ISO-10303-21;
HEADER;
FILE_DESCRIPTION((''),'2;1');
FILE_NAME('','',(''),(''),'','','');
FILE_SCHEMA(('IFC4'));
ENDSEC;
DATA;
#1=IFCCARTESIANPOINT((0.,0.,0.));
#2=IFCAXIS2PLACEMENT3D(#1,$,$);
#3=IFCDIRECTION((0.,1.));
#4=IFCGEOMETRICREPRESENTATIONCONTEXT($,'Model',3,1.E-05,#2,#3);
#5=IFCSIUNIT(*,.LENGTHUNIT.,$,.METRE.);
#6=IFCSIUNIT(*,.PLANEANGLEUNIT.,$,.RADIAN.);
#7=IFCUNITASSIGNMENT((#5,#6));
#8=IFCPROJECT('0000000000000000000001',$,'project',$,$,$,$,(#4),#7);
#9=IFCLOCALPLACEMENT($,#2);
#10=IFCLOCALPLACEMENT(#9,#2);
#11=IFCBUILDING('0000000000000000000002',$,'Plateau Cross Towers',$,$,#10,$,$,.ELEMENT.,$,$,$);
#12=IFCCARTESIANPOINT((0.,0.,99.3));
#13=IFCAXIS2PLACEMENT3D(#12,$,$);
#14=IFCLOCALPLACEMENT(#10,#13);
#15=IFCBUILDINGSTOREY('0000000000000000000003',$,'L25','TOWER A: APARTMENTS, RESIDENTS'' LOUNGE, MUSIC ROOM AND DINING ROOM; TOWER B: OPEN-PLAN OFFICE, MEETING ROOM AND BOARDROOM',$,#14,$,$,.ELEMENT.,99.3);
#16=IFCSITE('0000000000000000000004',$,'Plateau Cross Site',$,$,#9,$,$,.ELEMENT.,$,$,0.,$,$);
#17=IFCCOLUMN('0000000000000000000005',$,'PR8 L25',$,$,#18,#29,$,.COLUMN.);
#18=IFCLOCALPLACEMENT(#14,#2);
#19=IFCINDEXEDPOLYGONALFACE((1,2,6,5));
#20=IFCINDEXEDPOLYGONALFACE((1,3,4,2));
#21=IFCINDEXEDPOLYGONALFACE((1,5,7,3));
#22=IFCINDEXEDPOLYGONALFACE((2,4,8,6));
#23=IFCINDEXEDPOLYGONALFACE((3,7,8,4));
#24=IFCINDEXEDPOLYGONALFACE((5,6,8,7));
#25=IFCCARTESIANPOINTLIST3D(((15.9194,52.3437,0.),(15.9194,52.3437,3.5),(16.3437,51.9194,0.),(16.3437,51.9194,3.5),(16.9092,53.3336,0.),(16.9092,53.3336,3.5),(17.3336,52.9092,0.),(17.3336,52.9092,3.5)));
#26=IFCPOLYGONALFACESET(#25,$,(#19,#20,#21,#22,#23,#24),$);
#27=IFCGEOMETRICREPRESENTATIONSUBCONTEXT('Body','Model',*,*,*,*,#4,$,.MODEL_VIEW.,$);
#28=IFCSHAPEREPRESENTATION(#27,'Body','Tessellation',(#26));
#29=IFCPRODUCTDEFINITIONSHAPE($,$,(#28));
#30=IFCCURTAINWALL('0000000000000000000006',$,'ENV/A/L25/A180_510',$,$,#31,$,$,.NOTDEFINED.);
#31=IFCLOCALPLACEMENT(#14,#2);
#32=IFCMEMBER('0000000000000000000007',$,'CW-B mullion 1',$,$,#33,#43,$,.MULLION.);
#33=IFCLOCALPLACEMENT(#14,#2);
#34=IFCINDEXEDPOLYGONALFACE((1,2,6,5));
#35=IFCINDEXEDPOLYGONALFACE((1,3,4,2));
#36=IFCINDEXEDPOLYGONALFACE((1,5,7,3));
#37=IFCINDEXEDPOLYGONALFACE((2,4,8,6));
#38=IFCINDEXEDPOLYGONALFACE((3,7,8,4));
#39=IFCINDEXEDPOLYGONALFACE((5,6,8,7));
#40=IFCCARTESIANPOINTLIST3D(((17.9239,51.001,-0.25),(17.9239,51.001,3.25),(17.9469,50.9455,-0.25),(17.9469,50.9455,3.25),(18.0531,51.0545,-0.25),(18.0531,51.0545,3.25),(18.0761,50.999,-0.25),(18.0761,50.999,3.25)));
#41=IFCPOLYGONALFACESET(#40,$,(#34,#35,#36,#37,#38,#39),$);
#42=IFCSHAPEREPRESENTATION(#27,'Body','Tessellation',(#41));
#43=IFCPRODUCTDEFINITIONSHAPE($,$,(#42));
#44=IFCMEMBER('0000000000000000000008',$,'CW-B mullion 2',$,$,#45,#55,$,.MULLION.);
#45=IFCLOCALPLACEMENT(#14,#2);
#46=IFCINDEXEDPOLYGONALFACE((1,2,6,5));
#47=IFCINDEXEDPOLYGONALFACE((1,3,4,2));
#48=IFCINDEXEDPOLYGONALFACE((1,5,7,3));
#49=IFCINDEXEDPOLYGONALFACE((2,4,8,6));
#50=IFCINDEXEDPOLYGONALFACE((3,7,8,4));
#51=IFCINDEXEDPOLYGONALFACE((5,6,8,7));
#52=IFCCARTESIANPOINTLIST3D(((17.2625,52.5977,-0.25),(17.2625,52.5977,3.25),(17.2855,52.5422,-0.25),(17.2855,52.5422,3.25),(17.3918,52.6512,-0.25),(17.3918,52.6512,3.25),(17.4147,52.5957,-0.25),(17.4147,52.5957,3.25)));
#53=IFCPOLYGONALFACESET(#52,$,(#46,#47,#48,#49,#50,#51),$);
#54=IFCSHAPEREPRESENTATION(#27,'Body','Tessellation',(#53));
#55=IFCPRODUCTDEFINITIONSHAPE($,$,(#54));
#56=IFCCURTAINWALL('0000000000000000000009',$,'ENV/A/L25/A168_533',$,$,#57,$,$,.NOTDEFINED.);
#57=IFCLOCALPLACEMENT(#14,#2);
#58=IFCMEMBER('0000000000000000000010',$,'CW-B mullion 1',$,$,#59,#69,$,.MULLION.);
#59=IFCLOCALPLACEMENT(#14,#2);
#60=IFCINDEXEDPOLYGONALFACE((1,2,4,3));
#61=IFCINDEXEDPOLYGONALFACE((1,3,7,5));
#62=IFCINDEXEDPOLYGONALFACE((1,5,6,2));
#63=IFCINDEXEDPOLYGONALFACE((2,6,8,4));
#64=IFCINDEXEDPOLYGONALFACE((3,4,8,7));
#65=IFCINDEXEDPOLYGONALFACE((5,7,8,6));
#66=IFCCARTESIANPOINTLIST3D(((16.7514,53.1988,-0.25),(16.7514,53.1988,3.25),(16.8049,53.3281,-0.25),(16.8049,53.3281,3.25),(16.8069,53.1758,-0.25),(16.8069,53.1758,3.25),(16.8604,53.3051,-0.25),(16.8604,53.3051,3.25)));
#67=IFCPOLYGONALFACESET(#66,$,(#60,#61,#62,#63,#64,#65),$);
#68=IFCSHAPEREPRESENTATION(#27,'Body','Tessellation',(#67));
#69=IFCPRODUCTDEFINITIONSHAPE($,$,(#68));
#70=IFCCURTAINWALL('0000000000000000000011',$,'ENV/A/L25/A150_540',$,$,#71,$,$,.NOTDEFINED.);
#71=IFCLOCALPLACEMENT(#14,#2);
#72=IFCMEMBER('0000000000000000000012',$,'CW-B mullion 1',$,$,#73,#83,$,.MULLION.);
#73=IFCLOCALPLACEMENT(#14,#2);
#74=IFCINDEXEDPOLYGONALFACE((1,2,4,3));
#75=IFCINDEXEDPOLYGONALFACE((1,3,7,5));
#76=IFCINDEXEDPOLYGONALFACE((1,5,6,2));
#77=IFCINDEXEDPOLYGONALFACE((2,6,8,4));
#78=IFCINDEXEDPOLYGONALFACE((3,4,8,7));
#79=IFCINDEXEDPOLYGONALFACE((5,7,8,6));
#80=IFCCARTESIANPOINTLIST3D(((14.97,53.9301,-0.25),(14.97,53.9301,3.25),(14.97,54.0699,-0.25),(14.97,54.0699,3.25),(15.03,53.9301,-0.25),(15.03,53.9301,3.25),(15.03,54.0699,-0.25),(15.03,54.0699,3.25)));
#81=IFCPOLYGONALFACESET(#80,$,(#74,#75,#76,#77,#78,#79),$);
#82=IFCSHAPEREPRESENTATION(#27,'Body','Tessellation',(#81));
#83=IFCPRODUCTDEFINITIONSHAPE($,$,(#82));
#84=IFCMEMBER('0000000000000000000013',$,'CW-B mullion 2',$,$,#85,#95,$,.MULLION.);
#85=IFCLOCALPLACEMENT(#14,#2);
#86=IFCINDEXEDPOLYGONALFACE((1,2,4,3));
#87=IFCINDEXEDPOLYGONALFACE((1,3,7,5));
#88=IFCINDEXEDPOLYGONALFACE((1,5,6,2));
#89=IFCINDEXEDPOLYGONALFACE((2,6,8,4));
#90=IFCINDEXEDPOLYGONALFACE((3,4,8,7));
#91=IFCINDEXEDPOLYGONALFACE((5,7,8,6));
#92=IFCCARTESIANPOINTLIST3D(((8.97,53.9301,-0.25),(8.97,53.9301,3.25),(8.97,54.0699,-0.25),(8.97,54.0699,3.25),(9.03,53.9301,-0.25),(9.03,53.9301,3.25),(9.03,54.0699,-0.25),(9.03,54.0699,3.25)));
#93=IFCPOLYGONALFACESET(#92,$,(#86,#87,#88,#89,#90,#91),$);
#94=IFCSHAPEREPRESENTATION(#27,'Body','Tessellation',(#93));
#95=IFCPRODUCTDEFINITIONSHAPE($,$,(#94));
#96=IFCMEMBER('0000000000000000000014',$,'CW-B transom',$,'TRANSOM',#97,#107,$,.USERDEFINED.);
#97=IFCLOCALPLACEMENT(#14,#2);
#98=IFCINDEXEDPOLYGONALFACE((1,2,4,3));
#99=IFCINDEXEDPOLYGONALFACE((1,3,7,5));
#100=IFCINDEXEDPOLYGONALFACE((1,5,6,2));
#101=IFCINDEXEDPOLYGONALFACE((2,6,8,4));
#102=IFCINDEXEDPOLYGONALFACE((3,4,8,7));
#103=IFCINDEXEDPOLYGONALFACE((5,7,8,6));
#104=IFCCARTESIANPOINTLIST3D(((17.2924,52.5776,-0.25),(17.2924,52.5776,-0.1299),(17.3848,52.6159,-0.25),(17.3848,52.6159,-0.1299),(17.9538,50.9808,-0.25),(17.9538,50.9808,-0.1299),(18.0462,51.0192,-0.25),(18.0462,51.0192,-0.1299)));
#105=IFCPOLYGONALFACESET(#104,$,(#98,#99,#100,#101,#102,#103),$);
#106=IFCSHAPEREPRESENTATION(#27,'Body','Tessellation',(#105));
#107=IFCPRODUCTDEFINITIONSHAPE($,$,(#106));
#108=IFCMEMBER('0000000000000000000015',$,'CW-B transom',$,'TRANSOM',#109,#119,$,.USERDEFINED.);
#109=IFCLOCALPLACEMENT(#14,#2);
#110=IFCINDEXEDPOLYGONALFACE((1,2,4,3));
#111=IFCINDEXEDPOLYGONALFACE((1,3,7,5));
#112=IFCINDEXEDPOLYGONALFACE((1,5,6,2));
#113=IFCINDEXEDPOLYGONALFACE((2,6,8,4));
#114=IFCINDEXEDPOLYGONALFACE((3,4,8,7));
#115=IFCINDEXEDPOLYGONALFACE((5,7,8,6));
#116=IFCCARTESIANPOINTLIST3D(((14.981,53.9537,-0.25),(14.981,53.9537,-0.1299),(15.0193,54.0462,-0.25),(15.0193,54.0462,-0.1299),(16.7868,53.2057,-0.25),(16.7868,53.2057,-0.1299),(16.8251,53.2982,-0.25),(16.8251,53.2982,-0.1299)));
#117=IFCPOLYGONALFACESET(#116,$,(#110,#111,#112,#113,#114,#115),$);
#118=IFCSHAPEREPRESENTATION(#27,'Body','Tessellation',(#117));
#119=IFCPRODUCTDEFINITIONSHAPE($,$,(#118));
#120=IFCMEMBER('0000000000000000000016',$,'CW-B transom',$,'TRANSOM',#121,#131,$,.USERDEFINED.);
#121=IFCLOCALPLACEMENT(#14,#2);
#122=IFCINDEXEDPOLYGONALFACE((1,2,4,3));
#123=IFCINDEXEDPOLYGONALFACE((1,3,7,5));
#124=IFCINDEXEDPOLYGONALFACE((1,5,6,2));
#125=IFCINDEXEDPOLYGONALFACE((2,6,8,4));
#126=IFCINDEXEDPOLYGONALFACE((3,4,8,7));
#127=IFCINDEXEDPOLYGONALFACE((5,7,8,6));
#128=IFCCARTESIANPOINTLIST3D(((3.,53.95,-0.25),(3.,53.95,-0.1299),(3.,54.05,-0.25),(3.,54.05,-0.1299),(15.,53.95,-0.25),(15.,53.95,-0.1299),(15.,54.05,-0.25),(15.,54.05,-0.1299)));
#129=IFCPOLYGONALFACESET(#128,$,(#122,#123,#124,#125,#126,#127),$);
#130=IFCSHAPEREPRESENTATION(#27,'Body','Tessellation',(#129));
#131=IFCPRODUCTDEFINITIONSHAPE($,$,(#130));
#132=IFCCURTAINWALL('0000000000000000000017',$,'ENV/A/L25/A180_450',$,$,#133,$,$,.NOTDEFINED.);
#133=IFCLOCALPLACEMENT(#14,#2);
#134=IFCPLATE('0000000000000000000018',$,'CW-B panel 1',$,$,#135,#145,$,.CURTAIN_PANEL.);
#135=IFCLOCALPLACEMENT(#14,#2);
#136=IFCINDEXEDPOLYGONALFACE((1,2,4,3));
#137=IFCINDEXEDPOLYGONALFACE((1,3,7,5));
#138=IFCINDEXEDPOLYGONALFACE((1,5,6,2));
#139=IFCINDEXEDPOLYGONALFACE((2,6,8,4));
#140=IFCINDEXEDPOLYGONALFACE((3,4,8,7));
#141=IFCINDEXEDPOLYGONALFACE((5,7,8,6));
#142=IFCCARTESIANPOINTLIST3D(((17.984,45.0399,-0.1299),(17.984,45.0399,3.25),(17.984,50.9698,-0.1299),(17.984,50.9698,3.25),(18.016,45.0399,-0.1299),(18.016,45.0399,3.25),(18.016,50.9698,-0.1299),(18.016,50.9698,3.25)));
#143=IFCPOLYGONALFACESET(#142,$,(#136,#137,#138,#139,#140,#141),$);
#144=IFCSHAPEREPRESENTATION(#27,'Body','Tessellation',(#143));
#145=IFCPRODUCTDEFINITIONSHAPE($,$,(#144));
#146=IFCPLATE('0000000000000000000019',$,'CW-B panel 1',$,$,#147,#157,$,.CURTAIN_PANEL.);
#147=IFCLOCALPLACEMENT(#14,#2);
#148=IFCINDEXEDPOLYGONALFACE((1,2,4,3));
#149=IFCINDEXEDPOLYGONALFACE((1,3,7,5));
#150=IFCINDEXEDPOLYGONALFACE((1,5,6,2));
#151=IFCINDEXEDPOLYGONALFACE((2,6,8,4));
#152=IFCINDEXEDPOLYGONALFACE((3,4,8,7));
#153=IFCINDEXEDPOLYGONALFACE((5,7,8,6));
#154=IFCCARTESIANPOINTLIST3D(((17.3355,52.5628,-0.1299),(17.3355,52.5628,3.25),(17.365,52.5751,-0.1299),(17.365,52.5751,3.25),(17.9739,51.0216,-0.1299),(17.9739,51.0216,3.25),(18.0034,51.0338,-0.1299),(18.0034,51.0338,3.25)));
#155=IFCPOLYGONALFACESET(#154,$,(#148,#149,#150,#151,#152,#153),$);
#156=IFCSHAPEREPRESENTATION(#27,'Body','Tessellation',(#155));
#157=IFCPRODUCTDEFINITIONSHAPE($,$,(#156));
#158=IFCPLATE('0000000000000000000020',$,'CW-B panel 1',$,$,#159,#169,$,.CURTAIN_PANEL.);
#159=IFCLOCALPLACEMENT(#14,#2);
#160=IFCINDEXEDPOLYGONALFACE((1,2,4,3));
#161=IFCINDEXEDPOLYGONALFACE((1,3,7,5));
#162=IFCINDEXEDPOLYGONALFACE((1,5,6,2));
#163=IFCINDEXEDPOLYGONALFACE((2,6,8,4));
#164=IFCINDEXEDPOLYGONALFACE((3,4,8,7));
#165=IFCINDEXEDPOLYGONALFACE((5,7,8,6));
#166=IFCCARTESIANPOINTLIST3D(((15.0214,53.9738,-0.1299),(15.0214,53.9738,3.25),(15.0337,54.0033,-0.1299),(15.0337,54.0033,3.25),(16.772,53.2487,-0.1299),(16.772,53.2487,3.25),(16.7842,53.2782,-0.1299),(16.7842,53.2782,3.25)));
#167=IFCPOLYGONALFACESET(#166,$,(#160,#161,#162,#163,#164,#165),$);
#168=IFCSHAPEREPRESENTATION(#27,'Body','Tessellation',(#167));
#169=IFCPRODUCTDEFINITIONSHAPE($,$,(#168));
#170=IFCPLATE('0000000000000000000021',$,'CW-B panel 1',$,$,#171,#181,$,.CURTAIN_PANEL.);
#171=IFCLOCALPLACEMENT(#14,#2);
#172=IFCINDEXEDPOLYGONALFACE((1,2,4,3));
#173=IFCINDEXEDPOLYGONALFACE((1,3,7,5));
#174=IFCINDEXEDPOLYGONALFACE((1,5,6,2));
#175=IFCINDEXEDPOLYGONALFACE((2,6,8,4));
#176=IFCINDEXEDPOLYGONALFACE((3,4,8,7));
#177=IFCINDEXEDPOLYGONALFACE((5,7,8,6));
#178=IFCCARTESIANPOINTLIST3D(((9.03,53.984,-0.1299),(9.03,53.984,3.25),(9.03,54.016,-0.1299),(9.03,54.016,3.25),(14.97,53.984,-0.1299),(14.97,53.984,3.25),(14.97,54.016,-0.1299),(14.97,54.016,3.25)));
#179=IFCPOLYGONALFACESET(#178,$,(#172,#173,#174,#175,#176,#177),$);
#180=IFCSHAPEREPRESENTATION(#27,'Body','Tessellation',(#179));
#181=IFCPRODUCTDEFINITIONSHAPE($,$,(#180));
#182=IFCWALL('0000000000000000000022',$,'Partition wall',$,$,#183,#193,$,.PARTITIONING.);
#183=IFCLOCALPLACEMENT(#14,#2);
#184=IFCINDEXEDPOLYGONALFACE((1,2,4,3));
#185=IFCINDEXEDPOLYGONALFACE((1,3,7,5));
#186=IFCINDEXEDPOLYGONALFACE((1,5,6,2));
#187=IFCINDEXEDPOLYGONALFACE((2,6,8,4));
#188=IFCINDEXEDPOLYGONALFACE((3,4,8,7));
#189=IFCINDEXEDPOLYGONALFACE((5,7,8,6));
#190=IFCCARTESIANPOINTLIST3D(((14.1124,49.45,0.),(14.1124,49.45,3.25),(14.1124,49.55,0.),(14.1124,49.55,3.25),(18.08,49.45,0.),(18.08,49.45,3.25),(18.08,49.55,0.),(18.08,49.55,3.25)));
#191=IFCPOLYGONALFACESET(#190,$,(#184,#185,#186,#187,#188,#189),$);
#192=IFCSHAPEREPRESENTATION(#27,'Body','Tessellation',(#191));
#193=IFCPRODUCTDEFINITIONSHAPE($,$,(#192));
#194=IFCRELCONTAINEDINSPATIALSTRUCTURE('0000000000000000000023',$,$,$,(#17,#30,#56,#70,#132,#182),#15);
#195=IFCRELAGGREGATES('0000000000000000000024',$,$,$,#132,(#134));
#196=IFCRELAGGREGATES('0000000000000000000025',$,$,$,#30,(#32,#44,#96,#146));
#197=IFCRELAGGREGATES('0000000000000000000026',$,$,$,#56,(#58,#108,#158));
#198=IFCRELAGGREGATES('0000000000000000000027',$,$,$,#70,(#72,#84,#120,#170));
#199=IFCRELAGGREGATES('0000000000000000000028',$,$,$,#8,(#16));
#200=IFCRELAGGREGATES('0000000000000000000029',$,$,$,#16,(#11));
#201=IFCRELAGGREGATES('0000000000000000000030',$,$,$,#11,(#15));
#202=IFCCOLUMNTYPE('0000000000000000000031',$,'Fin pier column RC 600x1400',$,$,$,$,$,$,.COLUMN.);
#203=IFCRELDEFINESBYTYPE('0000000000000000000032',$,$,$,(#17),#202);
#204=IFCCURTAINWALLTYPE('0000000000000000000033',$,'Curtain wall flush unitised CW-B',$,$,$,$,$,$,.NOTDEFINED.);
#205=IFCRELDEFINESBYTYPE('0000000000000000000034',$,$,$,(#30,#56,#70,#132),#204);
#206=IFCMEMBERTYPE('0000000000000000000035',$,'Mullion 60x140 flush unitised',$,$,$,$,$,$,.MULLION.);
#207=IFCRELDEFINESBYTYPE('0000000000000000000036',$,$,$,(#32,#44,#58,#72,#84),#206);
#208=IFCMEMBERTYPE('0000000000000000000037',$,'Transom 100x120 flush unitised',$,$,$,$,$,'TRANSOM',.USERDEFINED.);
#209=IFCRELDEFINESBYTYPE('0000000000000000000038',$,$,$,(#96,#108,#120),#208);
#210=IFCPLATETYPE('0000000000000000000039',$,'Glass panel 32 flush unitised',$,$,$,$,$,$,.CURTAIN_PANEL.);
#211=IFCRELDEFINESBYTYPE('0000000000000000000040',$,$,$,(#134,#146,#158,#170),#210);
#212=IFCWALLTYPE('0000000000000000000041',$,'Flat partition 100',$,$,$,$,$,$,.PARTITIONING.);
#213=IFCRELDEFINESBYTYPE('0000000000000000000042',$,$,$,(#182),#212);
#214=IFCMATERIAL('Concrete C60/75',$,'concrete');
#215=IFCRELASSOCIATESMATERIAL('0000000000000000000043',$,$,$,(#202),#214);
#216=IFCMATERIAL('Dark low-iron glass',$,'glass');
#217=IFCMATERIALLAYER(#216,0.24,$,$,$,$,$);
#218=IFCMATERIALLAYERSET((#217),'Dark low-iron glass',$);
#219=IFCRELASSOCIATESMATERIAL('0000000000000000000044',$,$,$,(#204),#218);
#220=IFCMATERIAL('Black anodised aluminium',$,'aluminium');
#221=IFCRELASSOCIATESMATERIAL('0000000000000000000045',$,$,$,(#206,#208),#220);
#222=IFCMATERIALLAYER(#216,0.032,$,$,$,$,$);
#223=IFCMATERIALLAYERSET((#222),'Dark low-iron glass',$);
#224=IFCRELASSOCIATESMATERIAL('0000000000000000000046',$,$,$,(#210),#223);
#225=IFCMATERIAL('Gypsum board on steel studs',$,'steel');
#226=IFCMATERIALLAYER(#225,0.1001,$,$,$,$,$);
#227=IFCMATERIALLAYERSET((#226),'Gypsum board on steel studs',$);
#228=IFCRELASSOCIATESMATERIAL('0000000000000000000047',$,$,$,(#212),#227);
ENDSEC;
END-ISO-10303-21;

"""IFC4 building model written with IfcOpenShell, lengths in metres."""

from ifc_helpers import new_model, si_unit, direction, frame, frame_2d, origin, origin_2d, place, context, subcontext, project, spatial, rectangle, extrude, material, layer, layer_set, material_profile, profile_set, type_object, element, aggregate, save


model = new_model("IFC4")

# Units and contexts
model_context = context("Model", 3, precision=1e-05, world=origin(), true_north=direction((0.0, 1.0)))
body_context = subcontext(model_context, "Body", "Model", "MODEL_VIEW")
ifc_project = project(units=[si_unit("LENGTHUNIT", "METRE"), si_unit("PLANEANGLEUNIT", "RADIAN")], contexts=[model_context])

# Site, building, storey
site_placement = place(None, origin())
site = spatial("IfcSite", under=ifc_project, at=site_placement, Name="Plateau Cross Site", CompositionType="ELEMENT", RefElevation=0.0)
building_placement = place(site_placement, origin())
building = spatial("IfcBuilding", under=site, at=building_placement, Name="Plateau Cross Towers", CompositionType="ELEMENT")
storey_placement = place(building_placement, frame((0.0, 0.0, 99.3)))
storey = spatial("IfcBuildingStorey", under=building, at=storey_placement, Name="L25", Description="TOWER A: APARTMENTS, RESIDENTS' LOUNGE, MUSIC ROOM AND DINING ROOM; TOWER B: OPEN-PLAN OFFICE, MEETING ROOM AND BOARDROOM", CompositionType="ELEMENT", Elevation=99.3)

# Column
ifc_material_1 = material(Name="Concrete C60/75", Category="concrete")
ifc_material_profile_1 = material_profile(ifc_material_1, rectangle(XDim=0.6001, YDim=1.3999, at=origin_2d()), Name="RC 600x1400")
ifc_profile_set_1 = profile_set([ifc_material_profile_1], Name="Concrete C60/75")
column_type = type_object("IfcColumnType", Name="Fin pier column RC 600x1400", PredefinedType="COLUMN", material=ifc_profile_set_1)
column_placement = place(storey_placement, frame((16.6265, 52.6265, 0.0), z_axis=(0.0, 0.0, 1.0), x_axis=(-0.707107, 0.707107, 0.0)))
element("IfcColumn", 1, at=column_placement, inside=storey, type_object=column_type, Name="PR8 L25", PredefinedType="COLUMN", context=body_context, shape_type="SweptSolid", body=[
    extrude(rectangle(XDim=0.6001, YDim=1.3999, at=origin_2d()), origin(), (0.0, 0.0, 1.0), 3.5),
])

# Curtain wall, members
ifc_material_2 = material(Name="Dark low-iron glass", Category="glass")
ifc_layer_1 = layer(ifc_material_2, 0.24)
ifc_layer_set_1 = layer_set([ifc_layer_1], Name="Dark low-iron glass")
curtain_wall_type = type_object("IfcCurtainWallType", Name="Curtain wall flush unitised CW-B", PredefinedType="NOTDEFINED", material=ifc_layer_set_1)
curtain_wall_1_placement = place(storey_placement, origin())
curtain_wall_1 = element("IfcCurtainWall", 2, at=curtain_wall_1_placement, inside=storey, type_object=curtain_wall_type, Name="ENV/A/L25/A180_510", PredefinedType="NOTDEFINED")
ifc_material_3 = material(Name="Black anodised aluminium", Category="aluminium")
ifc_material_profile_2 = material_profile(ifc_material_3, rectangle(XDim=0.0601, YDim=0.1399, at=origin_2d()), Name="MULLION 60x140")
ifc_profile_set_2 = profile_set([ifc_material_profile_2], Name="Black anodised aluminium")
member_type_1 = type_object("IfcMemberType", Name="Mullion 60x140 flush unitised", PredefinedType="MULLION", material=ifc_profile_set_2)
member_1_placement = place(storey_placement, frame((18.0, 51.0, -0.25), z_axis=(0.0, 0.0, 1.0), x_axis=(-0.382684, 0.923879, 0.0)))
member_1 = element("IfcMember", 3, at=member_1_placement, type_object=member_type_1, Name="CW-B mullion 1", PredefinedType="MULLION", context=body_context, shape_type="SweptSolid", body=[
    extrude(rectangle(XDim=0.0601, YDim=0.1399, at=origin_2d()), origin(), (0.0, 0.0, 1.0), 3.5),
])
member_2_placement = place(storey_placement, frame((17.3386, 52.5967, -0.25), z_axis=(0.0, 0.0, 1.0), x_axis=(-0.382684, 0.923879, 0.0)))
member_2 = element("IfcMember", 4, at=member_2_placement, type_object=member_type_1, Name="CW-B mullion 2", PredefinedType="MULLION", context=body_context, shape_type="SweptSolid", body=[
    extrude(rectangle(XDim=0.0601, YDim=0.1399, at=origin_2d()), origin(), (0.0, 0.0, 1.0), 3.5),
])

# Curtain wall, member
curtain_wall_2_placement = place(storey_placement, origin())
curtain_wall_2 = element("IfcCurtainWall", 5, at=curtain_wall_2_placement, inside=storey, type_object=curtain_wall_type, Name="ENV/A/L25/A168_533", PredefinedType="NOTDEFINED")
member_3_placement = place(storey_placement, frame((16.8059, 53.252, -0.25), z_axis=(0.0, 0.0, 1.0), x_axis=(-0.923879, 0.382684, 0.0)))
member_3 = element("IfcMember", 6, at=member_3_placement, type_object=member_type_1, Name="CW-B mullion 1", PredefinedType="MULLION", context=body_context, shape_type="SweptSolid", body=[
    extrude(rectangle(XDim=0.0601, YDim=0.1399, at=origin_2d()), origin(), (0.0, 0.0, 1.0), 3.5),
])

# Curtain wall, members
curtain_wall_3_placement = place(storey_placement, origin())
curtain_wall_3 = element("IfcCurtainWall", 7, at=curtain_wall_3_placement, inside=storey, type_object=curtain_wall_type, Name="ENV/A/L25/A150_540", PredefinedType="NOTDEFINED")
member_4_placement = place(storey_placement, frame((15.0, 54.0, -0.25), z_axis=(0.0, 0.0, 1.0), x_axis=(-1.0, 0.0, 0.0)))
member_4 = element("IfcMember", 8, at=member_4_placement, type_object=member_type_1, Name="CW-B mullion 1", PredefinedType="MULLION", context=body_context, shape_type="SweptSolid", body=[
    extrude(rectangle(XDim=0.0601, YDim=0.1399, at=origin_2d()), origin(), (0.0, 0.0, 1.0), 3.5),
])
member_5_placement = place(storey_placement, frame((9.0, 54.0, -0.25), z_axis=(0.0, 0.0, 1.0), x_axis=(-1.0, 0.0, 0.0)))
member_5 = element("IfcMember", 9, at=member_5_placement, type_object=member_type_1, Name="CW-B mullion 2", PredefinedType="MULLION", context=body_context, shape_type="SweptSolid", body=[
    extrude(rectangle(XDim=0.0601, YDim=0.1399, at=origin_2d()), origin(), (0.0, 0.0, 1.0), 3.5),
])

# Members
ifc_material_profile_3 = material_profile(ifc_material_3, rectangle(XDim=0.1001, YDim=0.1201, at=origin_2d()), Name="TRANSOM 100x120")
ifc_profile_set_3 = profile_set([ifc_material_profile_3], Name="Black anodised aluminium")
member_type_2 = type_object("IfcMemberType", Name="Transom 100x120 flush unitised", ElementType="TRANSOM", PredefinedType="USERDEFINED", material=ifc_profile_set_3)
member_6_placement = place(storey_placement, frame((18.0, 51.0, -0.1899), z_axis=(-0.382689, 0.923877, 0.0), x_axis=(-0.923877, -0.382689, 0.0)))
member_6 = element("IfcMember", 10, at=member_6_placement, type_object=member_type_2, Name="CW-B transom", ObjectType="TRANSOM", PredefinedType="USERDEFINED", context=body_context, shape_type="SweptSolid", body=[
    extrude(rectangle(XDim=0.1001, YDim=0.1201, at=origin_2d()), origin(), (0.0, 0.0, 1.0), 1.7283),
])
member_7_placement = place(storey_placement, frame((16.8059, 53.252, -0.1899), z_axis=(-0.923877, 0.38269, 0.0), x_axis=(-0.38269, -0.923877, 0.0)))
member_7 = element("IfcMember", 11, at=member_7_placement, type_object=member_type_2, Name="CW-B transom", ObjectType="TRANSOM", PredefinedType="USERDEFINED", context=body_context, shape_type="SweptSolid", body=[
    extrude(rectangle(XDim=0.1001, YDim=0.1201, at=origin_2d()), origin(), (0.0, 0.0, 1.0), 1.9546),
])
member_8_placement = place(storey_placement, frame((15.0, 54.0, -0.1899), z_axis=(-1.0, 0.0, 0.0), x_axis=(0.0, -1.0, 0.0)))
member_8 = element("IfcMember", 12, at=member_8_placement, type_object=member_type_2, Name="CW-B transom", ObjectType="TRANSOM", PredefinedType="USERDEFINED", context=body_context, shape_type="SweptSolid", body=[
    extrude(rectangle(XDim=0.1001, YDim=0.1201, at=origin_2d()), origin(), (0.0, 0.0, 1.0), 12.0),
])

# Curtain wall, plate
curtain_wall_4_placement = place(storey_placement, origin())
curtain_wall_4 = element("IfcCurtainWall", 13, at=curtain_wall_4_placement, inside=storey, type_object=curtain_wall_type, Name="ENV/A/L25/A180_450", PredefinedType="NOTDEFINED")
ifc_layer_2 = layer(ifc_material_2, 0.032)
ifc_layer_set_2 = layer_set([ifc_layer_2], Name="Dark low-iron glass")
plate_type = type_object("IfcPlateType", Name="Glass panel 32 flush unitised", PredefinedType="CURTAIN_PANEL", material=ifc_layer_set_2)
plate_1_placement = place(storey_placement, frame((18.0, 48.0049, -0.1299), z_axis=(0.0, 0.0, 1.0), x_axis=(0.0, 1.0, 0.0)))
plate_1 = element("IfcPlate", 14, at=plate_1_placement, type_object=plate_type, Name="CW-B panel 1", PredefinedType="CURTAIN_PANEL", context=body_context, shape_type="SweptSolid", body=[
    extrude(rectangle(XDim=5.9299, YDim=0.032, at=origin_2d()), origin(), (0.0, 0.0, 1.0), 3.3799),
])
aggregate(curtain_wall_4, [plate_1])

# Plates
plate_2_placement = place(storey_placement, frame((17.6694, 51.7983, -0.1299), z_axis=(0.0, 0.0, 1.0), x_axis=(-0.382684, 0.923879, 0.0)))
plate_2 = element("IfcPlate", 15, at=plate_2_placement, type_object=plate_type, Name="CW-B panel 1", PredefinedType="CURTAIN_PANEL", context=body_context, shape_type="SweptSolid", body=[
    extrude(rectangle(XDim=1.6682, YDim=0.032, at=origin_2d()), origin(), (0.0, 0.0, 1.0), 3.3799),
])
aggregate(curtain_wall_1, [member_1, member_2, member_6, plate_2])
plate_3_placement = place(storey_placement, frame((15.9028, 53.626, -0.1299), z_axis=(0.0, 0.0, 1.0), x_axis=(-0.923879, 0.382684, 0.0)))
plate_3 = element("IfcPlate", 16, at=plate_3_placement, type_object=plate_type, Name="CW-B panel 1", PredefinedType="CURTAIN_PANEL", context=body_context, shape_type="SweptSolid", body=[
    extrude(rectangle(XDim=1.8948, YDim=0.032, at=origin_2d()), origin(), (0.0, 0.0, 1.0), 3.3799),
])
aggregate(curtain_wall_2, [member_3, member_7, plate_3])
plate_4_placement = place(storey_placement, frame((12.0, 54.0, -0.1299), z_axis=(0.0, 0.0, 1.0), x_axis=(-1.0, 0.0, 0.0)))
plate_4 = element("IfcPlate", 17, at=plate_4_placement, type_object=plate_type, Name="CW-B panel 1", PredefinedType="CURTAIN_PANEL", context=body_context, shape_type="SweptSolid", body=[
    extrude(rectangle(XDim=5.9399, YDim=0.032, at=origin_2d()), origin(), (0.0, 0.0, 1.0), 3.3799),
])
aggregate(curtain_wall_3, [member_4, member_5, member_8, plate_4])

# Wall
ifc_material_4 = material(Name="Gypsum board on steel studs", Category="steel")
ifc_layer_3 = layer(ifc_material_4, 0.1001)
ifc_layer_set_3 = layer_set([ifc_layer_3], Name="Gypsum board on steel studs")
wall_type = type_object("IfcWallType", Name="Flat partition 100", PredefinedType="PARTITIONING", material=ifc_layer_set_3)
wall_1_placement = place(storey_placement, frame((18.0801, 49.5, 0.0), z_axis=(0.0, 0.0, 1.0), x_axis=(-1.0, 0.0, 0.0)))
element("IfcWall", 18, at=wall_1_placement, inside=storey, type_object=wall_type, Name="Partition wall", PredefinedType="PARTITIONING", context=body_context, shape_type="SweptSolid", body=[
    extrude(rectangle(XDim=3.9675, YDim=0.1001, at=frame_2d((1.9839, 0.0))), origin(), (0.0, 0.0, 1.0), 3.25),
])

save(model, "model.ifc")
